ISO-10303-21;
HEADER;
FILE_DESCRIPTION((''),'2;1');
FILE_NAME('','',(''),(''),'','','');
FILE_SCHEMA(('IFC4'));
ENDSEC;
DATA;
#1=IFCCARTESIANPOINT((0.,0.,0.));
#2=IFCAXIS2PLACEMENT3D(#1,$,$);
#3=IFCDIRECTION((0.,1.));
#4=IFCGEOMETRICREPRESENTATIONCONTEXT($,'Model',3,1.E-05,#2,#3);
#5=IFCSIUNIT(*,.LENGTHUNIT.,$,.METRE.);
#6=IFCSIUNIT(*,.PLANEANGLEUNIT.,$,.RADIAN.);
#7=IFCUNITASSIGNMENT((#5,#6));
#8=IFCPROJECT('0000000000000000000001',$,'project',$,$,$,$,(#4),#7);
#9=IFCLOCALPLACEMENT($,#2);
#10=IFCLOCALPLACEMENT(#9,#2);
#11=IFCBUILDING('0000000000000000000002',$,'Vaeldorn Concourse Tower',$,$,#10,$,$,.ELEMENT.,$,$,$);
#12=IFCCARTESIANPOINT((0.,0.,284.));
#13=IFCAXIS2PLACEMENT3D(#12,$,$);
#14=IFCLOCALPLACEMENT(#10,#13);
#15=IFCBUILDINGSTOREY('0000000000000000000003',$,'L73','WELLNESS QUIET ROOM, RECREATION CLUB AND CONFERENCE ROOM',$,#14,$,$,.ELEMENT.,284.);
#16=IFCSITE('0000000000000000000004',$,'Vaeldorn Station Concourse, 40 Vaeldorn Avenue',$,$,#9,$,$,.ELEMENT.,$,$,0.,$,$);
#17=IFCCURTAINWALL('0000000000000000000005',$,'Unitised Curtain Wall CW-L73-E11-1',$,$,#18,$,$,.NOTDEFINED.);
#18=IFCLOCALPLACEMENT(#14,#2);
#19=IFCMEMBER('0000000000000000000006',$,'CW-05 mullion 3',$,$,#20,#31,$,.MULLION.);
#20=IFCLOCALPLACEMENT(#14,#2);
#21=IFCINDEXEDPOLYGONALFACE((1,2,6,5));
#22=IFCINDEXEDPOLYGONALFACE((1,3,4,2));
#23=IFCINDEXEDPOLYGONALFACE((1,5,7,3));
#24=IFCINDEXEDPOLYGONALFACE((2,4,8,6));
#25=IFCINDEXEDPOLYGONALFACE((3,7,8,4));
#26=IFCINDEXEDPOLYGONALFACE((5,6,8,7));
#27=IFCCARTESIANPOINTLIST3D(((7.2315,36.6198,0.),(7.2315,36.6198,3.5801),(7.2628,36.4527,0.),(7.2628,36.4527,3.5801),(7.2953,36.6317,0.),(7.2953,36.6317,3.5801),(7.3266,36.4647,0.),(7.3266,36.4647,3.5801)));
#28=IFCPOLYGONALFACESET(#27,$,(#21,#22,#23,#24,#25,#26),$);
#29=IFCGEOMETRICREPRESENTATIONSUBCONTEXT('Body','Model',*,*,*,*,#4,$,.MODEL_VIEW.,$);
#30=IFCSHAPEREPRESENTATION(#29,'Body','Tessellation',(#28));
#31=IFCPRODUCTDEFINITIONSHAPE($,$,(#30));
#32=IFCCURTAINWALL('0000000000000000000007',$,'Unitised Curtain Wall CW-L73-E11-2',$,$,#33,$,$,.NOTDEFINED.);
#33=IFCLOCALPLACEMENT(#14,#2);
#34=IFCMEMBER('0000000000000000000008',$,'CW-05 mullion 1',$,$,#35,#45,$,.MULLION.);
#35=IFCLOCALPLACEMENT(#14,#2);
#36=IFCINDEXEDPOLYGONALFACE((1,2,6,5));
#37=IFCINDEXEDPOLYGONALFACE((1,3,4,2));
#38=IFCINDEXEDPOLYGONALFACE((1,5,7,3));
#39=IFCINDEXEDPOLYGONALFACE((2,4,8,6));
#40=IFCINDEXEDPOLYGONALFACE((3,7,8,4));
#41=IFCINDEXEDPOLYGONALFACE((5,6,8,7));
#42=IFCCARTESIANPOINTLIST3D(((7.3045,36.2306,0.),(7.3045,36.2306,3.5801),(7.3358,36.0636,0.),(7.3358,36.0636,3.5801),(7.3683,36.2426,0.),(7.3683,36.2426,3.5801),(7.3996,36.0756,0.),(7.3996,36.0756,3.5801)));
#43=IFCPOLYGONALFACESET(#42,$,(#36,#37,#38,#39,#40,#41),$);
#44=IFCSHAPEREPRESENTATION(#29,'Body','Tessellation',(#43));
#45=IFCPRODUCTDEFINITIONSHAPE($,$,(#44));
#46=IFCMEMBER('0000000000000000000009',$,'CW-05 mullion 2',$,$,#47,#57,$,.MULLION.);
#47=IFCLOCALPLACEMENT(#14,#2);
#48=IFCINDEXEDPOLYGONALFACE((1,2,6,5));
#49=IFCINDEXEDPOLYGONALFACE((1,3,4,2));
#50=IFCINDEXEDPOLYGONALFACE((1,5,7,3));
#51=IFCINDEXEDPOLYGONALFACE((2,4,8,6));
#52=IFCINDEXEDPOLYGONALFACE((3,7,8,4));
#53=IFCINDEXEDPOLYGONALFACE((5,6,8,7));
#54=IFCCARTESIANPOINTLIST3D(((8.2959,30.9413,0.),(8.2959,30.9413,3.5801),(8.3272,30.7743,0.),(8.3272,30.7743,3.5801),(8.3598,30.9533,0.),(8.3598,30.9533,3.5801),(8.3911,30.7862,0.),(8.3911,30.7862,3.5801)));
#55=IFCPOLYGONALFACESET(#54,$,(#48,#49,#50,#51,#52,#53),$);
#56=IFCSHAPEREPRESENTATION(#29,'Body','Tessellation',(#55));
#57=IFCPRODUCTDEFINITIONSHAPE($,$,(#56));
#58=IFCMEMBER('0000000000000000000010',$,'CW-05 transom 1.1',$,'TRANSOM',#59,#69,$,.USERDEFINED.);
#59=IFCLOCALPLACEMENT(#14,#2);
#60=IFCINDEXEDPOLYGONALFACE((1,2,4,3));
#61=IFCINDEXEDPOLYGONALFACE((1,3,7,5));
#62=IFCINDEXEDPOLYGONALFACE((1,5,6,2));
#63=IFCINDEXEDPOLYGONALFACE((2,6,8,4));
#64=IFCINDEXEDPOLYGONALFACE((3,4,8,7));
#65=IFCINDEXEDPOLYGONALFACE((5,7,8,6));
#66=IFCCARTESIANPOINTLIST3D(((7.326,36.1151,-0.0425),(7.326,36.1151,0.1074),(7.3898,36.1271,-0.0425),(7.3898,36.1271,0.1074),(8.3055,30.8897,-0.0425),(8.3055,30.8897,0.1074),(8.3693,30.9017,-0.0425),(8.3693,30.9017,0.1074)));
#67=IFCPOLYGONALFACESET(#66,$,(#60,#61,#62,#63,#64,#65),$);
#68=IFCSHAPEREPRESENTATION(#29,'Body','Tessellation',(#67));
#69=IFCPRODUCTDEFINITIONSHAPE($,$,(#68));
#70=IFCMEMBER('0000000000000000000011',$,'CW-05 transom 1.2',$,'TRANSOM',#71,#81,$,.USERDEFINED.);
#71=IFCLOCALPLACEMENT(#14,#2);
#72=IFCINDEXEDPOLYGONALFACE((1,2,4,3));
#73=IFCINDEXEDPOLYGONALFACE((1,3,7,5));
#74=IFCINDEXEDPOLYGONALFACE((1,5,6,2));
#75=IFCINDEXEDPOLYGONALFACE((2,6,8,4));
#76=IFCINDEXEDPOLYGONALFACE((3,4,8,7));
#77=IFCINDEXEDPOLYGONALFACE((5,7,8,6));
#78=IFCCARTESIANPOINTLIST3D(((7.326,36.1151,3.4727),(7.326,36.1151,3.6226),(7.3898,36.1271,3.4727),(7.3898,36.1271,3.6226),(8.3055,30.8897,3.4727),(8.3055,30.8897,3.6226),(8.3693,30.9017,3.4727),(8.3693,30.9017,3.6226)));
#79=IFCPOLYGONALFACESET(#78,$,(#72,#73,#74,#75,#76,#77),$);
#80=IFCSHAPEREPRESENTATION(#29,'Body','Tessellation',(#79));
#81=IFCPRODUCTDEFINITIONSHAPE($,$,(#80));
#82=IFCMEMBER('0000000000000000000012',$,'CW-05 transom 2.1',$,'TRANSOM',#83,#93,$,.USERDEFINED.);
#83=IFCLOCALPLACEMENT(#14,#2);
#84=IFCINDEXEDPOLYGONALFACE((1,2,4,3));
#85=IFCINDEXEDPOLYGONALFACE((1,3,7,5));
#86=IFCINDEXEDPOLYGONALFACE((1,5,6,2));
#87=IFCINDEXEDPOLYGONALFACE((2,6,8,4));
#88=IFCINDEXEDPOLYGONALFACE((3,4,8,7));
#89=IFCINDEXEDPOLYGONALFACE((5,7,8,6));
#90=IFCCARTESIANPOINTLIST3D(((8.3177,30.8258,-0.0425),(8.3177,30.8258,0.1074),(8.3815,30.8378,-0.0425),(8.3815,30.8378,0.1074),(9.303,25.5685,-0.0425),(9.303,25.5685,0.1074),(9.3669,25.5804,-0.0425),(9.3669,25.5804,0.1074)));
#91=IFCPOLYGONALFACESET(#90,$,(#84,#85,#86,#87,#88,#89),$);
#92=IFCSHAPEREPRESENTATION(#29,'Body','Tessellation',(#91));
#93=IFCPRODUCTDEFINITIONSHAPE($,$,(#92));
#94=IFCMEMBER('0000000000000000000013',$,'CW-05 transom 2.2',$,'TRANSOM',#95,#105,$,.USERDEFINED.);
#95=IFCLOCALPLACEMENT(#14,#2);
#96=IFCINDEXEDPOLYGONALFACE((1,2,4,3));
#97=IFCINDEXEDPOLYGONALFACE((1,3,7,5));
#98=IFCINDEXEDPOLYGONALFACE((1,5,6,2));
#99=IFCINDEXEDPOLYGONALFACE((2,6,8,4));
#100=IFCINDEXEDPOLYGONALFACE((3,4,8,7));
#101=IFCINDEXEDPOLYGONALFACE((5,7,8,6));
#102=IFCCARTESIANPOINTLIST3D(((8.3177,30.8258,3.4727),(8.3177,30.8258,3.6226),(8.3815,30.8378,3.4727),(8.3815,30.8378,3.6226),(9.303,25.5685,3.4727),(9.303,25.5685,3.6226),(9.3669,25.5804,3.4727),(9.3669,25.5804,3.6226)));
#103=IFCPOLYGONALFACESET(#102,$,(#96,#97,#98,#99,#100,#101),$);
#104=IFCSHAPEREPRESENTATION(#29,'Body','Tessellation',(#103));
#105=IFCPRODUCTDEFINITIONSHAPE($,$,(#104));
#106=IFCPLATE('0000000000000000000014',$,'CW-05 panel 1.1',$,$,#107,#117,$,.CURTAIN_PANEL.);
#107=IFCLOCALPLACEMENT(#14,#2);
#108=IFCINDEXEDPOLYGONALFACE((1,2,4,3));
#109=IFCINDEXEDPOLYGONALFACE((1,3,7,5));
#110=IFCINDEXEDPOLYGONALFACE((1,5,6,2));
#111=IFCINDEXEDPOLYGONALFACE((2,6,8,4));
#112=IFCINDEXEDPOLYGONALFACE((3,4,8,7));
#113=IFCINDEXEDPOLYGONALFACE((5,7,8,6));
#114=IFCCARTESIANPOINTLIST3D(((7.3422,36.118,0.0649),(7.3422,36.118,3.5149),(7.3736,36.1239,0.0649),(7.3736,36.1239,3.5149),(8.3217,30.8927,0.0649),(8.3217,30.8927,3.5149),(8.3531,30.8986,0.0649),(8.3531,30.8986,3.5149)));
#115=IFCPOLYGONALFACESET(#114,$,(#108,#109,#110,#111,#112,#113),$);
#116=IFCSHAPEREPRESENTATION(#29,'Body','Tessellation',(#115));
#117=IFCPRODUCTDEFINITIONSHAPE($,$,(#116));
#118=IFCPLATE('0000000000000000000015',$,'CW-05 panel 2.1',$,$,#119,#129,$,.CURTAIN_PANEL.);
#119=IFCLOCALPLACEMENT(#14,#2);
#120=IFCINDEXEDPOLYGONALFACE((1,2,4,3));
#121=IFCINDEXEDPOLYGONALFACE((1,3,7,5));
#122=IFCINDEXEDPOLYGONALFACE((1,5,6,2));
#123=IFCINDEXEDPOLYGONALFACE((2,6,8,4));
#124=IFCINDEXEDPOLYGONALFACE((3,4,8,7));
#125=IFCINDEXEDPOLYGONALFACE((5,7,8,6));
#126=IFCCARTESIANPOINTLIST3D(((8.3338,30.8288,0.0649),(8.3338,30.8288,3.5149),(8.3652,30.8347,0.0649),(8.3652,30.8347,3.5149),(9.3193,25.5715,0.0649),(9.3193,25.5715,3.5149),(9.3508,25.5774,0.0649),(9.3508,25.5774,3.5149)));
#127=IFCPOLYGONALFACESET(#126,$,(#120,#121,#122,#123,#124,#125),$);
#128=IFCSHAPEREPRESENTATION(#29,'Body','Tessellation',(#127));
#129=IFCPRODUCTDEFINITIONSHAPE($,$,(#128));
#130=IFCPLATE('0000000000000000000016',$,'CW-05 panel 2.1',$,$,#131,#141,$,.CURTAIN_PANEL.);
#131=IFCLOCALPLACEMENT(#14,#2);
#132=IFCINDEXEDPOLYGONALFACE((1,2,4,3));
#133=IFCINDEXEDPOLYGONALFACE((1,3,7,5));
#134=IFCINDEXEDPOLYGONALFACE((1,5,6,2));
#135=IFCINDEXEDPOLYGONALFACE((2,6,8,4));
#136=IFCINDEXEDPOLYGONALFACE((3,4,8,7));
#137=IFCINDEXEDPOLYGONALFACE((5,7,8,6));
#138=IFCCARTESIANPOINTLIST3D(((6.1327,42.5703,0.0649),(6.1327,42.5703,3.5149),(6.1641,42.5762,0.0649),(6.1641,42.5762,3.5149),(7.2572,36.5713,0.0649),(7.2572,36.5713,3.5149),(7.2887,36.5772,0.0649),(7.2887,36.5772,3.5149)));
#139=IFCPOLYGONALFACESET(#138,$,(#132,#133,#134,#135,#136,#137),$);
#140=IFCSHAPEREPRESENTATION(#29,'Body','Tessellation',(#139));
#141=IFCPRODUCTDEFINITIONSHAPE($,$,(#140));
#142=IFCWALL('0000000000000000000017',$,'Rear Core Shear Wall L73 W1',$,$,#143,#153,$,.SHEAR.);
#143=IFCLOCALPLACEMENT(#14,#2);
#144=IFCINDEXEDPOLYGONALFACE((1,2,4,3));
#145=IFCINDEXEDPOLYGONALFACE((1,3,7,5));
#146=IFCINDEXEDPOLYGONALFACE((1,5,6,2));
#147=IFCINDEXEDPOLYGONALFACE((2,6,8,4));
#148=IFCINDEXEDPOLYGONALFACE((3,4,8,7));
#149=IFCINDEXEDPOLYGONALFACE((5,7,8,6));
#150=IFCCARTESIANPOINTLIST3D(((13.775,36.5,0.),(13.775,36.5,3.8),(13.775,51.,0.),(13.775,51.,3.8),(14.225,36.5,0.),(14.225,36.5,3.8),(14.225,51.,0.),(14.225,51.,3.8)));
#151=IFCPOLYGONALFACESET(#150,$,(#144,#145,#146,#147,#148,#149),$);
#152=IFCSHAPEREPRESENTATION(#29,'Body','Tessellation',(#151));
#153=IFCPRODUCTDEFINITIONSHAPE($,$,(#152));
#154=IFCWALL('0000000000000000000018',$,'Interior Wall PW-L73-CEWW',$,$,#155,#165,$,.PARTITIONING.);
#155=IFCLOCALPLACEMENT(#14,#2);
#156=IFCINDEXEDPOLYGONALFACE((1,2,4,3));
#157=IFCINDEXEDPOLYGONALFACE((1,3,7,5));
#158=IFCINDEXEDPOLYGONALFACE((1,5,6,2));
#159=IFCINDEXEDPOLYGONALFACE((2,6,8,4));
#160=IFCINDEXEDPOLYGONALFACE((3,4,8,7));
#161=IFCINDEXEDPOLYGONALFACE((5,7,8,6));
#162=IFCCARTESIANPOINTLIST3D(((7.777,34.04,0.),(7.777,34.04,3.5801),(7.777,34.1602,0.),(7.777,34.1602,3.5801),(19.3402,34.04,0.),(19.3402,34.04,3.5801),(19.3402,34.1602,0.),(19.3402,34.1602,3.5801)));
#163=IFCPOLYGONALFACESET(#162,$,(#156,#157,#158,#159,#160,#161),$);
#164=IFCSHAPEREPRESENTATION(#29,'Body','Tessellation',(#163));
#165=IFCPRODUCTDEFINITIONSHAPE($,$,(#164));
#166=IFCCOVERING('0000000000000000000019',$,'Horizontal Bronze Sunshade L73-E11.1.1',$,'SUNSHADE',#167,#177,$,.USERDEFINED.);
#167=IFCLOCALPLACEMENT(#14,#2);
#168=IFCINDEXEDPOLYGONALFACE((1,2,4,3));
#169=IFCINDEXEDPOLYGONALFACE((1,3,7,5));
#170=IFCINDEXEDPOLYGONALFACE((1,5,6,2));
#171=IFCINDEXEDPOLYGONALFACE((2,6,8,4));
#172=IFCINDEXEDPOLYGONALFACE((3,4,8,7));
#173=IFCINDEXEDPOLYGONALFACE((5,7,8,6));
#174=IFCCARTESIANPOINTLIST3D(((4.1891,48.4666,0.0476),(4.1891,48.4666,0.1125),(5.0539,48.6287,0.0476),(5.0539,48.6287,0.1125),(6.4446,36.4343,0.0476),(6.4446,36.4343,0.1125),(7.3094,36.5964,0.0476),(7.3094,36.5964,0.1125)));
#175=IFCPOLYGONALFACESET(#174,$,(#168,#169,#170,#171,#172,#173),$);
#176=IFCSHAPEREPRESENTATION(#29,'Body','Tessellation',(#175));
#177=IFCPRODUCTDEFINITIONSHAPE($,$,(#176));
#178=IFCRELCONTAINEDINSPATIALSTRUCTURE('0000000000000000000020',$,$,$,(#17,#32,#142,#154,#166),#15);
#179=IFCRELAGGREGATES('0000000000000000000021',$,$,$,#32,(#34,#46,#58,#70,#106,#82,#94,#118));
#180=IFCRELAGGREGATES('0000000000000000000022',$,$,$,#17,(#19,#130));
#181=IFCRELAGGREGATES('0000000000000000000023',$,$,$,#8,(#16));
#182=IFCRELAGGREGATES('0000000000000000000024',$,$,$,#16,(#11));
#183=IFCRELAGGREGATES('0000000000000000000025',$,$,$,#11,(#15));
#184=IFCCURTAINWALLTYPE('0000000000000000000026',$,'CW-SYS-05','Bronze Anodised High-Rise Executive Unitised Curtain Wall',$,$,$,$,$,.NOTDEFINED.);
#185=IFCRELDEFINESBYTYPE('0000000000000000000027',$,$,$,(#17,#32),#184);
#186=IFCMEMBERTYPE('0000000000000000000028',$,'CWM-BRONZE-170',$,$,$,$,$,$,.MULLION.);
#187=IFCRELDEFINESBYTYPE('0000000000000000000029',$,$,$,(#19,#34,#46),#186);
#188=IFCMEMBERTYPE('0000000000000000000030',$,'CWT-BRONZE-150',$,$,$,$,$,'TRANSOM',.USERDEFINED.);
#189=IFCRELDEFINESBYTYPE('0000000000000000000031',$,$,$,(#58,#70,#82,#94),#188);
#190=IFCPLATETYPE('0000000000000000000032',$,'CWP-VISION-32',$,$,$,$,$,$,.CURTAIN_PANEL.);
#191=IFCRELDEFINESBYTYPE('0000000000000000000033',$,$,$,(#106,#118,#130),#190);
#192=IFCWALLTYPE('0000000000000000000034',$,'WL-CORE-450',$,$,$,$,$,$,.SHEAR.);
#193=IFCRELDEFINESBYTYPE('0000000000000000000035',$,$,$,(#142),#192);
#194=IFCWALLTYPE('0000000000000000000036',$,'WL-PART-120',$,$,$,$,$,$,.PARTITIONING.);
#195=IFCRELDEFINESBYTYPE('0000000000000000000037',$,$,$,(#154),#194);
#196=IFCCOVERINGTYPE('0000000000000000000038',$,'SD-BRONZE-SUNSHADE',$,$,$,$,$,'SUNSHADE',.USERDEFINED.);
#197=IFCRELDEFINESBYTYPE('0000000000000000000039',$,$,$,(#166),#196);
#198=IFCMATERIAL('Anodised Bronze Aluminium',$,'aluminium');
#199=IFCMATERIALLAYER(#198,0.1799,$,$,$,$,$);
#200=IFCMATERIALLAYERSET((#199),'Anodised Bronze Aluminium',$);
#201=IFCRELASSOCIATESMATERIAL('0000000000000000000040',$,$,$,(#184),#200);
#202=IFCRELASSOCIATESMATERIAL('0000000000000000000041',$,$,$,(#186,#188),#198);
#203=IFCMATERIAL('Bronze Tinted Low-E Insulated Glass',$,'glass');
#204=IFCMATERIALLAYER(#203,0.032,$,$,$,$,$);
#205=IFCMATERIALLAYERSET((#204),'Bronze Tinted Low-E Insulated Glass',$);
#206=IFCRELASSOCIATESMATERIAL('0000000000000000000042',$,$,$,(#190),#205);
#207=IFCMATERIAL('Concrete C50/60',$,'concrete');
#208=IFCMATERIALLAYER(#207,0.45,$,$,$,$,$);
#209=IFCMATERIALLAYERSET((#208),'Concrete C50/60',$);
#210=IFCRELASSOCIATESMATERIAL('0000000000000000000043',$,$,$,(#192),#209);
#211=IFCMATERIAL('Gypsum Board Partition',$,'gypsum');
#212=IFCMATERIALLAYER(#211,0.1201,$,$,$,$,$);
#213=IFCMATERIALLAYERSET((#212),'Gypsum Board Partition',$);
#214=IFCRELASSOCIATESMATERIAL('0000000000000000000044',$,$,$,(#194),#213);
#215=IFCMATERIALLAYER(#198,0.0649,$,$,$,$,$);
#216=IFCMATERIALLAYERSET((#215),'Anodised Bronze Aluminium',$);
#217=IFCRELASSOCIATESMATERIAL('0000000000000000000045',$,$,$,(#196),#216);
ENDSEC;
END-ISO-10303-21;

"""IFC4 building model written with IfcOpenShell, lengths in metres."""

from ifc_helpers import new_model, si_unit, direction, frame, frame_2d, origin, origin_2d, place, context, subcontext, project, spatial, rectangle, extrude, source, transform, mapped, material, layer, layer_set, material_profile, profile_set, type_object, element, aggregate, save


model = new_model("IFC4")

# Units and contexts
model_context = context("Model", 3, precision=1e-05, world=origin(), true_north=direction((0.0, 1.0)))
body_context = subcontext(model_context, "Body", "Model", "MODEL_VIEW")
ifc_project = project(units=[si_unit("LENGTHUNIT", "METRE"), si_unit("PLANEANGLEUNIT", "RADIAN")], contexts=[model_context])

# Site, building, storey
site_placement = place(None, origin())
site = spatial("IfcSite", under=ifc_project, at=site_placement, Name="Vaeldorn Station Concourse, 40 Vaeldorn Avenue", CompositionType="ELEMENT", RefElevation=0.0)
building_placement = place(site_placement, origin())
building = spatial("IfcBuilding", under=site, at=building_placement, Name="Vaeldorn Concourse Tower", CompositionType="ELEMENT")
storey_placement = place(building_placement, frame((0.0, 0.0, 284.0)))
storey = spatial("IfcBuildingStorey", under=building, at=storey_placement, Name="L73", Description="WELLNESS QUIET ROOM, RECREATION CLUB AND CONFERENCE ROOM", CompositionType="ELEMENT", Elevation=284.0)

# Shared definitions
ifc_material_1 = material(Name="Concrete C50/60", Category="concrete")

# Curtain wall, member
ifc_material_2 = material(Name="Anodised Bronze Aluminium", Category="aluminium")
ifc_layer_1 = layer(ifc_material_2, 0.1799)
ifc_layer_set_1 = layer_set([ifc_layer_1], Name="Anodised Bronze Aluminium")
curtain_wall_type = type_object("IfcCurtainWallType", Name="CW-SYS-05", Description="Bronze Anodised High-Rise Executive Unitised Curtain Wall", PredefinedType="NOTDEFINED", material=ifc_layer_set_1)
curtain_wall_1_placement = place(storey_placement, origin())
curtain_wall_1 = element("IfcCurtainWall", 1, at=curtain_wall_1_placement, inside=storey, type_object=curtain_wall_type, Name="Unitised Curtain Wall CW-L73-E11-1", PredefinedType="NOTDEFINED")
ifc_material_profile_1 = material_profile(ifc_material_2, rectangle(XDim=0.0649, YDim=0.1699, at=origin_2d()), Name="CWM 65x170")
ifc_profile_set_1 = profile_set([ifc_material_profile_1], Name="Anodised Bronze Aluminium")
member_type_1 = type_object("IfcMemberType", Name="CWM-BRONZE-170", PredefinedType="MULLION", material=ifc_profile_set_1)
shared_shape_1 = source(origin(), body_context, "Body", "SweptSolid", [
    extrude(rectangle(XDim=0.0649, YDim=0.1699, at=origin_2d()), origin(), (0.0, 0.0, 1.0), 3.5801),
])
member_1_placement = place(storey_placement, frame((7.2791, 36.5422, 0.0), z_axis=(0.0, 0.0, 1.0), x_axis=(0.98288, 0.184246, 0.0)))
member_1 = element("IfcMember", 2, at=member_1_placement, type_object=member_type_1, Name="CW-05 mullion 3", PredefinedType="MULLION", context=body_context, shape_type="MappedRepresentation", body=[
    mapped(shared_shape_1, transform((0.0, 0.0, 0.0), scale=1.0)),
])

# Curtain wall, members, plates
curtain_wall_2_placement = place(storey_placement, origin())
curtain_wall_2 = element("IfcCurtainWall", 3, at=curtain_wall_2_placement, inside=storey, type_object=curtain_wall_type, Name="Unitised Curtain Wall CW-L73-E11-2", PredefinedType="NOTDEFINED")
member_2_placement = place(storey_placement, frame((7.3521, 36.1531, 0.0), z_axis=(0.0, 0.0, 1.0), x_axis=(0.98288, 0.184247, 0.0)))
member_2 = element("IfcMember", 4, at=member_2_placement, type_object=member_type_1, Name="CW-05 mullion 1", PredefinedType="MULLION", context=body_context, shape_type="MappedRepresentation", body=[
    mapped(shared_shape_1, transform((0.0, 0.0, 0.0), scale=1.0)),
])
member_3_placement = place(storey_placement, frame((8.3435, 30.8638, 0.0), z_axis=(0.0, 0.0, 1.0), x_axis=(0.98288, 0.184247, 0.0)))
member_3 = element("IfcMember", 5, at=member_3_placement, type_object=member_type_1, Name="CW-05 mullion 2", PredefinedType="MULLION", context=body_context, shape_type="MappedRepresentation", body=[
    mapped(shared_shape_1, transform((0.0, 0.0, 0.0), scale=1.0)),
])
ifc_material_profile_2 = material_profile(ifc_material_2, rectangle(XDim=0.0649, YDim=0.1499, at=origin_2d()), Name="CWT 65x150")
ifc_profile_set_2 = profile_set([ifc_material_profile_2], Name="Anodised Bronze Aluminium")
member_type_2 = type_object("IfcMemberType", Name="CWT-BRONZE-150", ElementType="TRANSOM", PredefinedType="USERDEFINED", material=ifc_profile_set_2)
shared_shape_2 = source(origin(), body_context, "Body", "SweptSolid", [
    extrude(rectangle(XDim=0.0649, YDim=0.1499, at=origin_2d()), origin(), (0.0, 0.0, 1.0), 5.3164),
])
member_4_placement = place(storey_placement, frame((7.3579, 36.1211, 0.0325), z_axis=(0.184241, -0.982881, 0.0), x_axis=(0.982881, 0.184241, 0.0)))
member_4 = element("IfcMember", 6, at=member_4_placement, type_object=member_type_2, Name="CW-05 transom 1.1", ObjectType="TRANSOM", PredefinedType="USERDEFINED", context=body_context, shape_type="MappedRepresentation", body=[
    mapped(shared_shape_2, transform((0.0, 0.0, 0.0), scale=1.0)),
])
member_5_placement = place(storey_placement, frame((7.3579, 36.1211, 3.5476), z_axis=(0.184241, -0.982881, 0.0), x_axis=(0.982881, 0.184241, 0.0)))
member_5 = element("IfcMember", 7, at=member_5_placement, type_object=member_type_2, Name="CW-05 transom 1.2", ObjectType="TRANSOM", PredefinedType="USERDEFINED", context=body_context, shape_type="MappedRepresentation", body=[
    mapped(shared_shape_2, transform((0.0, 0.0, 0.0), scale=1.0)),
])
shared_shape_3 = source(origin(), body_context, "Body", "SweptSolid", [
    extrude(rectangle(XDim=0.0649, YDim=0.1499, at=origin_2d()), origin(), (0.0, 0.0, 1.0), 5.3489),
])
member_6_placement = place(storey_placement, frame((8.3496, 30.8318, 0.0325), z_axis=(0.184217, -0.982886, 0.0), x_axis=(0.982886, 0.184217, 0.0)))
member_6 = element("IfcMember", 8, at=member_6_placement, type_object=member_type_2, Name="CW-05 transom 2.1", ObjectType="TRANSOM", PredefinedType="USERDEFINED", context=body_context, shape_type="MappedRepresentation", body=[
    mapped(shared_shape_3, transform((0.0, 0.0, 0.0), scale=1.0)),
])
member_7_placement = place(storey_placement, frame((8.3496, 30.8318, 3.5476), z_axis=(0.184217, -0.982886, 0.0), x_axis=(0.982886, 0.184217, 0.0)))
member_7 = element("IfcMember", 9, at=member_7_placement, type_object=member_type_2, Name="CW-05 transom 2.2", ObjectType="TRANSOM", PredefinedType="USERDEFINED", context=body_context, shape_type="MappedRepresentation", body=[
    mapped(shared_shape_3, transform((0.0, 0.0, 0.0), scale=1.0)),
])
ifc_material_3 = material(Name="Bronze Tinted Low-E Insulated Glass", Category="glass")
ifc_layer_2 = layer(ifc_material_3, 0.032)
ifc_layer_set_2 = layer_set([ifc_layer_2], Name="Bronze Tinted Low-E Insulated Glass")
plate_type = type_object("IfcPlateType", Name="CWP-VISION-32", PredefinedType="CURTAIN_PANEL", material=ifc_layer_set_2)
shared_shape_4 = source(origin(), body_context, "Body", "SweptSolid", [
    extrude(rectangle(XDim=5.3164, YDim=0.032, at=origin_2d()), origin(), (0.0, 0.0, 1.0), 3.45),
])
plate_1_placement = place(storey_placement, frame((7.8477, 33.5083, 0.0649), z_axis=(0.0, 0.0, 1.0), x_axis=(0.184247, -0.98288, 0.0)))
plate_1 = element("IfcPlate", 10, at=plate_1_placement, type_object=plate_type, Name="CW-05 panel 1.1", PredefinedType="CURTAIN_PANEL", context=body_context, shape_type="MappedRepresentation", body=[
    mapped(shared_shape_4, transform((0.0, 0.0, 0.0), scale=1.0)),
])
shared_shape_5 = source(origin(), body_context, "Body", "SweptSolid", [
    extrude(rectangle(XDim=5.3489, YDim=0.032, at=origin_2d()), origin(), (0.0, 0.0, 1.0), 3.45),
])
plate_2_placement = place(storey_placement, frame((8.8423, 28.2031, 0.0649), z_axis=(0.0, 0.0, 1.0), x_axis=(0.184247, -0.98288, 0.0)))
plate_2 = element("IfcPlate", 11, at=plate_2_placement, type_object=plate_type, Name="CW-05 panel 2.1", PredefinedType="CURTAIN_PANEL", context=body_context, shape_type="MappedRepresentation", body=[
    mapped(shared_shape_5, transform((0.0, 0.0, 0.0), scale=1.0)),
])
aggregate(curtain_wall_2, [member_2, member_3, member_4, member_5, plate_1, member_6, member_7, plate_2])

# Plate
shared_shape_6 = source(origin(), body_context, "Body", "SweptSolid", [
    extrude(rectangle(XDim=6.1035, YDim=0.032, at=origin_2d()), origin(), (0.0, 0.0, 1.0), 3.45),
])
plate_3_placement = place(storey_placement, frame((6.7107, 39.5737, 0.0649), z_axis=(0.0, 0.0, 1.0), x_axis=(0.184246, -0.98288, 0.0)))
plate_3 = element("IfcPlate", 12, at=plate_3_placement, type_object=plate_type, Name="CW-05 panel 2.1", PredefinedType="CURTAIN_PANEL", context=body_context, shape_type="MappedRepresentation", body=[
    mapped(shared_shape_6, transform((0.0, 0.0, 0.0), scale=1.0)),
])
aggregate(curtain_wall_1, [member_1, plate_3])

# Walls
ifc_layer_3 = layer(ifc_material_1, 0.45)
ifc_layer_set_3 = layer_set([ifc_layer_3], Name="Concrete C50/60")
wall_type_1 = type_object("IfcWallType", Name="WL-CORE-450", PredefinedType="SHEAR", material=ifc_layer_set_3)
wall_1_placement = place(storey_placement, frame((14.0, 36.5, 0.0), z_axis=(0.0, 0.0, 1.0), x_axis=(0.0, 1.0, 0.0)))
element("IfcWall", 13, at=wall_1_placement, inside=storey, type_object=wall_type_1, Name="Rear Core Shear Wall L73 W1", PredefinedType="SHEAR", context=body_context, shape_type="SweptSolid", body=[
    extrude(rectangle(XDim=14.5, YDim=0.45, at=frame_2d((7.25, 0.0))), origin(), (0.0, 0.0, 1.0), 3.8),
])
ifc_material_4 = material(Name="Gypsum Board Partition", Category="gypsum")
ifc_layer_4 = layer(ifc_material_4, 0.1201)
ifc_layer_set_4 = layer_set([ifc_layer_4], Name="Gypsum Board Partition")
wall_type_2 = type_object("IfcWallType", Name="WL-PART-120", PredefinedType="PARTITIONING", material=ifc_layer_set_4)
wall_2_placement = place(storey_placement, frame((7.7769, 34.1001, 0.0), z_axis=(0.0, 0.0, 1.0), x_axis=(1.0, 0.0, 0.0)))
element("IfcWall", 14, at=wall_2_placement, inside=storey, type_object=wall_type_2, Name="Interior Wall PW-L73-CEWW", PredefinedType="PARTITIONING", context=body_context, shape_type="SweptSolid", body=[
    extrude(rectangle(XDim=11.5632, YDim=0.1201, at=frame_2d((5.7817, 0.0))), origin(), (0.0, 0.0, 1.0), 3.5801),
])

# Covering
ifc_layer_5 = layer(ifc_material_2, 0.0649)
ifc_layer_set_5 = layer_set([ifc_layer_5], Name="Anodised Bronze Aluminium")
covering_type = type_object("IfcCoveringType", Name="SD-BRONZE-SUNSHADE", ElementType="SUNSHADE", PredefinedType="USERDEFINED", material=ifc_layer_set_5)
shared_shape_7 = source(origin(), body_context, "Body", "SweptSolid", [
    extrude(rectangle(XDim=12.2419, YDim=0.8799, at=origin_2d()), origin(), (0.0, 0.0, 1.0), 0.0649),
])
for number, where, z_axis, x_axis, name in (
    (15, (5.7493, 42.5315, 0.0476), (0.0, 0.0, 1.0), (0.184243, -0.982881, 0.0), "Horizontal Bronze Sunshade L73-E11.1.1"),
):
    element("IfcCovering", number, at=place(storey_placement, frame(where, z_axis=z_axis, x_axis=x_axis)), inside=storey, type_object=covering_type, Name=name, ObjectType="SUNSHADE", PredefinedType="USERDEFINED", context=body_context, shape_type="MappedRepresentation", body=[
        mapped(shared_shape_7, transform((0.0, 0.0, 0.0), scale=1.0)),
    ])

save(model, "model.ifc")
